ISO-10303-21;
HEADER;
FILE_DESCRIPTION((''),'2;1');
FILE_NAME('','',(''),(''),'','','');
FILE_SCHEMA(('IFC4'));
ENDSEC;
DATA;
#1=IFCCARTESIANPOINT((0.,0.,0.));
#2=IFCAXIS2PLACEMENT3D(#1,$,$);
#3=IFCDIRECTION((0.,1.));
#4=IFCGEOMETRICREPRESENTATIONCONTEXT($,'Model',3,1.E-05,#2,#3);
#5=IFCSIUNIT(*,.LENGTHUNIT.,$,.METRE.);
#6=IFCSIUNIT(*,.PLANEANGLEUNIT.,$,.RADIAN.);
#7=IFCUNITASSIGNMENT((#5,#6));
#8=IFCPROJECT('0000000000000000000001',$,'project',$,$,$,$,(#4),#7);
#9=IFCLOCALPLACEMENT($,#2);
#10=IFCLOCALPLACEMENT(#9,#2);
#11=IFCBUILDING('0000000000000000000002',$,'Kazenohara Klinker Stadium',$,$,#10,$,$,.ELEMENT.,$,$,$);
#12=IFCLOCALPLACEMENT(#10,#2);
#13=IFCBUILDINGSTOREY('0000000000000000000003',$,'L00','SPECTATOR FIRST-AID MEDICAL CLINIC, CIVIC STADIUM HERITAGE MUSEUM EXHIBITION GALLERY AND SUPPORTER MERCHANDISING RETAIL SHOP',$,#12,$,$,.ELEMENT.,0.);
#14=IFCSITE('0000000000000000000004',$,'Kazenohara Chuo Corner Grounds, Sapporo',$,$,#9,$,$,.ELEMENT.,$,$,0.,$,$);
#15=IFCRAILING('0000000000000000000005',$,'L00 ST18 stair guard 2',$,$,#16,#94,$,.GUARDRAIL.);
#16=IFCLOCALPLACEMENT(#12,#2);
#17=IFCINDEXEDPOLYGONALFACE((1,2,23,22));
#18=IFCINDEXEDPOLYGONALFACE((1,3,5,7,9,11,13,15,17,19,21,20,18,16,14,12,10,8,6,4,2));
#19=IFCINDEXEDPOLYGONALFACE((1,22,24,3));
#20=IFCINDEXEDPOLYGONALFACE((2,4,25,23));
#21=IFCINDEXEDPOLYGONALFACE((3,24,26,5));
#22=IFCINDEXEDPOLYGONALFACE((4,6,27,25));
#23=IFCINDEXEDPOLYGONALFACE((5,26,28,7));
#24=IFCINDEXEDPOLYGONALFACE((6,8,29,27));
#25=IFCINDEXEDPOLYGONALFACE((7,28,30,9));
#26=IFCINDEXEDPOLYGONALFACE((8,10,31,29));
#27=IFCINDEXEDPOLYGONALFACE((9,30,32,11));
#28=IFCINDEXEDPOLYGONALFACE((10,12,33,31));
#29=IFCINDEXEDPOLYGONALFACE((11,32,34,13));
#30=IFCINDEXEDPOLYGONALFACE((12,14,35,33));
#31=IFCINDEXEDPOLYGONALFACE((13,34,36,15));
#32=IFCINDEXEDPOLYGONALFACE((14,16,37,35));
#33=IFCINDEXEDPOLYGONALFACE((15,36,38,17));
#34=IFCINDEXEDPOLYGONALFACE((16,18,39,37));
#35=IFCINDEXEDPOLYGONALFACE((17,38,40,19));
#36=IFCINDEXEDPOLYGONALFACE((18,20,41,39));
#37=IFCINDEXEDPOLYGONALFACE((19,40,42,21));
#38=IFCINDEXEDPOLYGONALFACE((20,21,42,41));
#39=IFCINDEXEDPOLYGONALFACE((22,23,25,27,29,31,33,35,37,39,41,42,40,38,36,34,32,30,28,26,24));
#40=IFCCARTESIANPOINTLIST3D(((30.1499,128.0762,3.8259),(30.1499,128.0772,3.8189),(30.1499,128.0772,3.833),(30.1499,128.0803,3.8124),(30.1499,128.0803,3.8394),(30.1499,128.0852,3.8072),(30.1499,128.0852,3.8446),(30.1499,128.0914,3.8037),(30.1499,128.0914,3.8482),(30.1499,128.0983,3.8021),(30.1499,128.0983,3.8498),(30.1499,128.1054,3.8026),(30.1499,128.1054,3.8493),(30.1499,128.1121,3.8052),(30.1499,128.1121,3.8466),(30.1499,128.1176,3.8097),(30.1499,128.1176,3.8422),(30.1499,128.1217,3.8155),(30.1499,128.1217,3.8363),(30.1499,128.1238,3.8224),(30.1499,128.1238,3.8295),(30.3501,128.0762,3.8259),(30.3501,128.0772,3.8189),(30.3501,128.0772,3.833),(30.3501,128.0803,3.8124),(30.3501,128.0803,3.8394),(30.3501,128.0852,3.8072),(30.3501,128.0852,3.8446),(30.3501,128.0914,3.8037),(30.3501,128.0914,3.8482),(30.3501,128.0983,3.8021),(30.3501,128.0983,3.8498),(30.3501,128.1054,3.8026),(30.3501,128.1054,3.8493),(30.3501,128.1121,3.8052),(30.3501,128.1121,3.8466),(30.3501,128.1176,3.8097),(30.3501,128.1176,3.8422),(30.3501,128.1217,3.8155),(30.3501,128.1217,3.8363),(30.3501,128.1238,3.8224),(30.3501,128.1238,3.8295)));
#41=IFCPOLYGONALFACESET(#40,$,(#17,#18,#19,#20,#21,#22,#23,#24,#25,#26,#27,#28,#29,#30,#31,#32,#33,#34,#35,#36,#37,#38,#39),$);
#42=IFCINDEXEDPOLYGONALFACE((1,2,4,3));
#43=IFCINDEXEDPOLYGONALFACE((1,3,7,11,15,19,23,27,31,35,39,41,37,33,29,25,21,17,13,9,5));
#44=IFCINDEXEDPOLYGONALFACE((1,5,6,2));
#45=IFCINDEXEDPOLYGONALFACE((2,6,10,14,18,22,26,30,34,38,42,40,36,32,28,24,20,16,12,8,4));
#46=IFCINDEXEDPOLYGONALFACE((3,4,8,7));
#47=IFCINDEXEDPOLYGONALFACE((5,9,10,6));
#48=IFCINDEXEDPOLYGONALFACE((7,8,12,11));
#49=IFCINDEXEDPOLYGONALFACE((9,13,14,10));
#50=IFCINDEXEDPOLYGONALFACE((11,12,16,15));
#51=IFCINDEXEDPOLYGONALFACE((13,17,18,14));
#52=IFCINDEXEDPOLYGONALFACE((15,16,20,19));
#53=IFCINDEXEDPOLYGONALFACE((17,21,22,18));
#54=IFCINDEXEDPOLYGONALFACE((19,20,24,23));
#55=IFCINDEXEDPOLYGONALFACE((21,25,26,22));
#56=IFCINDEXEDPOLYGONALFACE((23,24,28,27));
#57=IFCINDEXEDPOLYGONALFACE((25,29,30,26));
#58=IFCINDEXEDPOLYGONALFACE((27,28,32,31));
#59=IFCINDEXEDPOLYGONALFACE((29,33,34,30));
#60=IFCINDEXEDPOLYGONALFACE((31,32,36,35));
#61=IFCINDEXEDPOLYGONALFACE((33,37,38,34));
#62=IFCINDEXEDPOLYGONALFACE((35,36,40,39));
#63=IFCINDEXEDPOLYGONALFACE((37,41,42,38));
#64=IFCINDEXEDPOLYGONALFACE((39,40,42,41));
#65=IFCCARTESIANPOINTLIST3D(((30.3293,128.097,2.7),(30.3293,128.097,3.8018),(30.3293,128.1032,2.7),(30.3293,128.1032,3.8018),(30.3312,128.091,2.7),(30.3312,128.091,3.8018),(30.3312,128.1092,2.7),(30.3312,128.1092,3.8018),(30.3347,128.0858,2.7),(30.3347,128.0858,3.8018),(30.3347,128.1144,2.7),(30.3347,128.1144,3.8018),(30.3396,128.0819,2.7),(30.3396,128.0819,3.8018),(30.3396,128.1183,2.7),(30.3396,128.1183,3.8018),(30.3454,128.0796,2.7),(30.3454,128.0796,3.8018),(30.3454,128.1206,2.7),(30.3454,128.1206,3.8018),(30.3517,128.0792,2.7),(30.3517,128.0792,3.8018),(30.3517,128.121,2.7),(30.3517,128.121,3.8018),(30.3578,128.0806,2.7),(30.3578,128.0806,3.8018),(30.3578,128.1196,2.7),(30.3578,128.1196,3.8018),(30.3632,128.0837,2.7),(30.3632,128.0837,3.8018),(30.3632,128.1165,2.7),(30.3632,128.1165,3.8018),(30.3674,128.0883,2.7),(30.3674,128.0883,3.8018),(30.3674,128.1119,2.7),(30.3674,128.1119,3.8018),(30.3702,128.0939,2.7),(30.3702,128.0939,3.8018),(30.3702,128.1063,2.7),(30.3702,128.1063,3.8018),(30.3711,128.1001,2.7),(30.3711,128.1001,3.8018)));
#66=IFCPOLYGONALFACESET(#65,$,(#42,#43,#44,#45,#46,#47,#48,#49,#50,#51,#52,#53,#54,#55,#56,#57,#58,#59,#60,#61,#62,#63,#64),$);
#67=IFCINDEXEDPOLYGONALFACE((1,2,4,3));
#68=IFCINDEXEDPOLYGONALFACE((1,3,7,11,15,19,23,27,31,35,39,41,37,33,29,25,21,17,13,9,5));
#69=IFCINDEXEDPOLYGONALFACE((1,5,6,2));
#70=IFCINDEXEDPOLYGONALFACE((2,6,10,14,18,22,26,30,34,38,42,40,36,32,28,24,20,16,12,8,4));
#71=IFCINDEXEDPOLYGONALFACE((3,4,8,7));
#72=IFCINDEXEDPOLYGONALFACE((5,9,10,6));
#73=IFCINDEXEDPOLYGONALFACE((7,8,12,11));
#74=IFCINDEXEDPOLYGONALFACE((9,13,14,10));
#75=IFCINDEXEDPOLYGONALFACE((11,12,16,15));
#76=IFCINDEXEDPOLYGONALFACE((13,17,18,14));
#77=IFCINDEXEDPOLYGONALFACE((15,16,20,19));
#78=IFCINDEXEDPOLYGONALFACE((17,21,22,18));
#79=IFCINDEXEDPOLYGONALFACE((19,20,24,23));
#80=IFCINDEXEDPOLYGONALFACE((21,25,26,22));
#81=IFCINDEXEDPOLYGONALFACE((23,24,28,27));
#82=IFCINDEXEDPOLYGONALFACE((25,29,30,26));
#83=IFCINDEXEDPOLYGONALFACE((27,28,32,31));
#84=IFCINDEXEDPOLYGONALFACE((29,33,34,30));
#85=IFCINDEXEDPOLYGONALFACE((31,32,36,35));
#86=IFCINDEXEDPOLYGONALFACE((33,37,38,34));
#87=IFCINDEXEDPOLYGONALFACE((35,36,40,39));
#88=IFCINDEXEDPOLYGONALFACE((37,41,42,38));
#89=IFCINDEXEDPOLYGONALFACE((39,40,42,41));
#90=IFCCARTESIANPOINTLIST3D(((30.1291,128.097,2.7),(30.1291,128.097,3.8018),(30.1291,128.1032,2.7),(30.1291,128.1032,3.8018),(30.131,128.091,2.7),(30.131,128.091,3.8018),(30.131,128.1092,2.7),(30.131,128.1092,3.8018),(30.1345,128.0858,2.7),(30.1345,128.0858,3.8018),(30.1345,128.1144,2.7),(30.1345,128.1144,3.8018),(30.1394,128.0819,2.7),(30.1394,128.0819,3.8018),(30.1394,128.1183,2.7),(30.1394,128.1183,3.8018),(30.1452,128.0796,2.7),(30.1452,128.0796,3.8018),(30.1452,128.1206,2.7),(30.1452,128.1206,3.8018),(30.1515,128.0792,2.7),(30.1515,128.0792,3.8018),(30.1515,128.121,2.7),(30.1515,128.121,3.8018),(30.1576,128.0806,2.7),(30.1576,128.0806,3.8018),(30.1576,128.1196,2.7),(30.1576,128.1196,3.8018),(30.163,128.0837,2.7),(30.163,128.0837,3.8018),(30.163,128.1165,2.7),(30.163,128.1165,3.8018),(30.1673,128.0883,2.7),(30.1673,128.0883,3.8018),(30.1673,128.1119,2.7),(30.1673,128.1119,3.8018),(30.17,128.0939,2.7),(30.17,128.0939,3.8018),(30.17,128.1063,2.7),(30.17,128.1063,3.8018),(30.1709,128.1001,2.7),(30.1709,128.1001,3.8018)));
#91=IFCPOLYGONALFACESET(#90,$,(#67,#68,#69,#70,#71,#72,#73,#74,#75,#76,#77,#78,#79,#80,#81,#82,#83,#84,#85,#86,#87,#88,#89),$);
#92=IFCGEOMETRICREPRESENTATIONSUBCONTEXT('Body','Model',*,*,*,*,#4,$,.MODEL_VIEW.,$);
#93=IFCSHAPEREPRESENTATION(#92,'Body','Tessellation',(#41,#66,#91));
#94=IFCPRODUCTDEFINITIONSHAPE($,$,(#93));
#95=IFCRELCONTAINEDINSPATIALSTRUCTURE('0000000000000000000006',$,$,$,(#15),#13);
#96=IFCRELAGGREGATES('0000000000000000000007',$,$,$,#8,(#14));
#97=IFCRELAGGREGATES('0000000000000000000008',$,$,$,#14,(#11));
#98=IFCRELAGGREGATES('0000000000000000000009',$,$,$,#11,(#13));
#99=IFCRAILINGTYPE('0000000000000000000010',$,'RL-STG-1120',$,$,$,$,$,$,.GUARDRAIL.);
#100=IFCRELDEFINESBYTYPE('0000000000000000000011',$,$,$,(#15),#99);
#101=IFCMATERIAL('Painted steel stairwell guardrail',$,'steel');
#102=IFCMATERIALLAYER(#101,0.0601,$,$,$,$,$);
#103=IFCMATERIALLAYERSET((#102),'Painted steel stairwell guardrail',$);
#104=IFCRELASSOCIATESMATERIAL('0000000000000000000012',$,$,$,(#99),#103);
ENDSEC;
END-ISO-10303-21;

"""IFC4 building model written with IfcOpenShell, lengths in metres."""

from ifc_helpers import new_model, si_unit, direction, frame, origin, origin_2d, place, context, subcontext, project, spatial, circle, extrude, material, layer, layer_set, type_object, element, save


model = new_model("IFC4")

# Units and contexts
model_context = context("Model", 3, precision=1e-05, world=origin(), true_north=direction((0.0, 1.0)))
body_context = subcontext(model_context, "Body", "Model", "MODEL_VIEW")
ifc_project = project(units=[si_unit("LENGTHUNIT", "METRE"), si_unit("PLANEANGLEUNIT", "RADIAN")], contexts=[model_context])

# Site, building, storey
site_placement = place(None, origin())
site = spatial("IfcSite", under=ifc_project, at=site_placement, Name="Kazenohara Chuo Corner Grounds, Sapporo", CompositionType="ELEMENT", RefElevation=0.0)
building_placement = place(site_placement, origin())
building = spatial("IfcBuilding", under=site, at=building_placement, Name="Kazenohara Klinker Stadium", CompositionType="ELEMENT")
storey_placement = place(building_placement, origin())
storey = spatial("IfcBuildingStorey", under=building, at=storey_placement, Name="L00", Description="SPECTATOR FIRST-AID MEDICAL CLINIC, CIVIC STADIUM HERITAGE MUSEUM EXHIBITION GALLERY AND SUPPORTER MERCHANDISING RETAIL SHOP", CompositionType="ELEMENT", Elevation=0.0)

# Railing
ifc_material_1 = material(Name="Painted steel stairwell guardrail", Category="steel")
ifc_layer_1 = layer(ifc_material_1, 0.0601)
ifc_layer_set_1 = layer_set([ifc_layer_1], Name="Painted steel stairwell guardrail")
railing_type_1 = type_object("IfcRailingType", Name="RL-STG-1120", PredefinedType="GUARDRAIL", material=ifc_layer_set_1)
railing_1_placement = place(storey_placement, frame((30.3501, 128.1001, 2.7)))
element("IfcRailing", 1, at=railing_1_placement, inside=storey, type_object=railing_type_1, Name="L00 ST18 stair guard 2", PredefinedType="GUARDRAIL", context=body_context, shape_type="SweptSolid", body=[
    extrude(circle(Radius=0.0239, at=origin_2d()), frame((0.0, 0.0, 1.126), z_axis=(-1.0, 0.0, 0.0), x_axis=(0.0, -1.0, 0.0)), (0.0, 0.0, 1.0), 0.2002),
    extrude(circle(Radius=0.021, at=origin_2d()), origin(), (0.0, 0.0, 1.0), 1.1018),
    extrude(circle(Radius=0.021, at=origin_2d()), frame((-0.2002, 0.0, 0.0)), (0.0, 0.0, 1.0), 1.1018),
])

save(model, "model.ifc")
